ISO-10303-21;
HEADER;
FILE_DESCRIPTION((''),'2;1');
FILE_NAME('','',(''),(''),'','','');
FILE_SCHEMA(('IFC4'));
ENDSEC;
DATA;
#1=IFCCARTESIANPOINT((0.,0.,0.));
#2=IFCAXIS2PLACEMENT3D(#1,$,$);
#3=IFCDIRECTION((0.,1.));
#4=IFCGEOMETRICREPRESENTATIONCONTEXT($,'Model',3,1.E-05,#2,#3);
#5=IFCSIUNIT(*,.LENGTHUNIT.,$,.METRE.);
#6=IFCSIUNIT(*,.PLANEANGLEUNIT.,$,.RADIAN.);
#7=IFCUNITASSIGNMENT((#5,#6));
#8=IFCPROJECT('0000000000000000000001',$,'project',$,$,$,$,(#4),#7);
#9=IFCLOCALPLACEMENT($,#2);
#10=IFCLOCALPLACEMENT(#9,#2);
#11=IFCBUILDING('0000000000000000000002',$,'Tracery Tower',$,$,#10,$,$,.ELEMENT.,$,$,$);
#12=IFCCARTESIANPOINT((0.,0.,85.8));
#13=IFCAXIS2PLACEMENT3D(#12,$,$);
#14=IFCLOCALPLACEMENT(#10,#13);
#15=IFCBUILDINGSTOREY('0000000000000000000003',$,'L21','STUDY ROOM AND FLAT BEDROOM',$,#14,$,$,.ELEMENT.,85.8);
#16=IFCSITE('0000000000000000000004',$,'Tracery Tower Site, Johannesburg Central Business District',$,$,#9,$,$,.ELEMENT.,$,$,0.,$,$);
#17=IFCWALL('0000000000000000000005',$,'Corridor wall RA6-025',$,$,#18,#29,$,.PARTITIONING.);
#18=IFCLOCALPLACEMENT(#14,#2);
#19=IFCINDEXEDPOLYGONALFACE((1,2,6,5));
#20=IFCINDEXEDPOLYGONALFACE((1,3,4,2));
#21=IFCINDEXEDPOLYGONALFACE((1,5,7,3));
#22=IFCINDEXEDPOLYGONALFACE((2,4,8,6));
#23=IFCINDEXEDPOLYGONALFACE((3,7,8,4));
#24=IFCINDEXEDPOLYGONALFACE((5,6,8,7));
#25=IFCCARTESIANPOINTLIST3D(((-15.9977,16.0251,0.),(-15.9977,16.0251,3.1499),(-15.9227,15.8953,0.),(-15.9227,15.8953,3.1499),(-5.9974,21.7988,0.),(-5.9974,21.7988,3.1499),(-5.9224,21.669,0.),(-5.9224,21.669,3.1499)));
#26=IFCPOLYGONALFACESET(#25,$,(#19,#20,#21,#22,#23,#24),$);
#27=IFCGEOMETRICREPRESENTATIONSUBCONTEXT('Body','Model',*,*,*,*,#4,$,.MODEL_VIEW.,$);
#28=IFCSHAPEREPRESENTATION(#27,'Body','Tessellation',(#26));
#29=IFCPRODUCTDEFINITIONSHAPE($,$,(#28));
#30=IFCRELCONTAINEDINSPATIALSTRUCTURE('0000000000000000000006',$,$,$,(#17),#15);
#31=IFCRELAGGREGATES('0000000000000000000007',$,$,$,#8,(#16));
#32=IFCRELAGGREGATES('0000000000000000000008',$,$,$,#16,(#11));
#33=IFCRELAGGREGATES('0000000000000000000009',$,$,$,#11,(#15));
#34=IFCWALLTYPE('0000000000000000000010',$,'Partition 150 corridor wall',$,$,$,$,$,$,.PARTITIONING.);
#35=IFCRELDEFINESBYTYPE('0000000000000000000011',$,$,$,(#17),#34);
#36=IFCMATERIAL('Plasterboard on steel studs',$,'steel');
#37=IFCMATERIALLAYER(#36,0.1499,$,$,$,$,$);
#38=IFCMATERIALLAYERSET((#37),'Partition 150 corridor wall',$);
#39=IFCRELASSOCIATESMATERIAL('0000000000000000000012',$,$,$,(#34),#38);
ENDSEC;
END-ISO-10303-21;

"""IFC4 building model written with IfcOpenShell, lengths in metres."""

from ifc_helpers import new_model, si_unit, direction, frame, frame_2d, origin, place, context, subcontext, project, spatial, rectangle, extrude, material, layer, layer_set, type_object, element, save


model = new_model("IFC4")

# Units and contexts
model_context = context("Model", 3, precision=1e-05, world=origin(), true_north=direction((0.0, 1.0)))
body_context = subcontext(model_context, "Body", "Model", "MODEL_VIEW")
ifc_project = project(units=[si_unit("LENGTHUNIT", "METRE"), si_unit("PLANEANGLEUNIT", "RADIAN")], contexts=[model_context])

# Site, building, storey
site_placement = place(None, origin())
site = spatial("IfcSite", under=ifc_project, at=site_placement, Name="Tracery Tower Site, Johannesburg Central Business District", CompositionType="ELEMENT", RefElevation=0.0)
building_placement = place(site_placement, origin())
building = spatial("IfcBuilding", under=site, at=building_placement, Name="Tracery Tower", CompositionType="ELEMENT")
storey_placement = place(building_placement, frame((0.0, 0.0, 85.8)))
storey = spatial("IfcBuildingStorey", under=building, at=storey_placement, Name="L21", Description="STUDY ROOM AND FLAT BEDROOM", CompositionType="ELEMENT", Elevation=85.8)

# Wall
ifc_material_1 = material(Name="Plasterboard on steel studs", Category="steel")
ifc_layer_1 = layer(ifc_material_1, 0.1499)
ifc_layer_set_1 = layer_set([ifc_layer_1], Name="Partition 150 corridor wall")
wall_type_1 = type_object("IfcWallType", Name="Partition 150 corridor wall", PredefinedType="PARTITIONING", material=ifc_layer_set_1)
wall_1_placement = place(storey_placement, frame((-15.9602, 15.9602, 0.0), z_axis=(0.0, 0.0, 1.0), x_axis=(0.866024, 0.500002, 0.0)))
element("IfcWall", 1, at=wall_1_placement, inside=storey, type_object=wall_type_1, Name="Corridor wall RA6-025", PredefinedType="PARTITIONING", context=body_context, shape_type="SweptSolid", body=[
    extrude(rectangle(XDim=11.5474, YDim=0.1499, at=frame_2d((5.7737, 0.0))), origin(), (0.0, 0.0, 1.0), 3.1499),
])

save(model, "model.ifc")
